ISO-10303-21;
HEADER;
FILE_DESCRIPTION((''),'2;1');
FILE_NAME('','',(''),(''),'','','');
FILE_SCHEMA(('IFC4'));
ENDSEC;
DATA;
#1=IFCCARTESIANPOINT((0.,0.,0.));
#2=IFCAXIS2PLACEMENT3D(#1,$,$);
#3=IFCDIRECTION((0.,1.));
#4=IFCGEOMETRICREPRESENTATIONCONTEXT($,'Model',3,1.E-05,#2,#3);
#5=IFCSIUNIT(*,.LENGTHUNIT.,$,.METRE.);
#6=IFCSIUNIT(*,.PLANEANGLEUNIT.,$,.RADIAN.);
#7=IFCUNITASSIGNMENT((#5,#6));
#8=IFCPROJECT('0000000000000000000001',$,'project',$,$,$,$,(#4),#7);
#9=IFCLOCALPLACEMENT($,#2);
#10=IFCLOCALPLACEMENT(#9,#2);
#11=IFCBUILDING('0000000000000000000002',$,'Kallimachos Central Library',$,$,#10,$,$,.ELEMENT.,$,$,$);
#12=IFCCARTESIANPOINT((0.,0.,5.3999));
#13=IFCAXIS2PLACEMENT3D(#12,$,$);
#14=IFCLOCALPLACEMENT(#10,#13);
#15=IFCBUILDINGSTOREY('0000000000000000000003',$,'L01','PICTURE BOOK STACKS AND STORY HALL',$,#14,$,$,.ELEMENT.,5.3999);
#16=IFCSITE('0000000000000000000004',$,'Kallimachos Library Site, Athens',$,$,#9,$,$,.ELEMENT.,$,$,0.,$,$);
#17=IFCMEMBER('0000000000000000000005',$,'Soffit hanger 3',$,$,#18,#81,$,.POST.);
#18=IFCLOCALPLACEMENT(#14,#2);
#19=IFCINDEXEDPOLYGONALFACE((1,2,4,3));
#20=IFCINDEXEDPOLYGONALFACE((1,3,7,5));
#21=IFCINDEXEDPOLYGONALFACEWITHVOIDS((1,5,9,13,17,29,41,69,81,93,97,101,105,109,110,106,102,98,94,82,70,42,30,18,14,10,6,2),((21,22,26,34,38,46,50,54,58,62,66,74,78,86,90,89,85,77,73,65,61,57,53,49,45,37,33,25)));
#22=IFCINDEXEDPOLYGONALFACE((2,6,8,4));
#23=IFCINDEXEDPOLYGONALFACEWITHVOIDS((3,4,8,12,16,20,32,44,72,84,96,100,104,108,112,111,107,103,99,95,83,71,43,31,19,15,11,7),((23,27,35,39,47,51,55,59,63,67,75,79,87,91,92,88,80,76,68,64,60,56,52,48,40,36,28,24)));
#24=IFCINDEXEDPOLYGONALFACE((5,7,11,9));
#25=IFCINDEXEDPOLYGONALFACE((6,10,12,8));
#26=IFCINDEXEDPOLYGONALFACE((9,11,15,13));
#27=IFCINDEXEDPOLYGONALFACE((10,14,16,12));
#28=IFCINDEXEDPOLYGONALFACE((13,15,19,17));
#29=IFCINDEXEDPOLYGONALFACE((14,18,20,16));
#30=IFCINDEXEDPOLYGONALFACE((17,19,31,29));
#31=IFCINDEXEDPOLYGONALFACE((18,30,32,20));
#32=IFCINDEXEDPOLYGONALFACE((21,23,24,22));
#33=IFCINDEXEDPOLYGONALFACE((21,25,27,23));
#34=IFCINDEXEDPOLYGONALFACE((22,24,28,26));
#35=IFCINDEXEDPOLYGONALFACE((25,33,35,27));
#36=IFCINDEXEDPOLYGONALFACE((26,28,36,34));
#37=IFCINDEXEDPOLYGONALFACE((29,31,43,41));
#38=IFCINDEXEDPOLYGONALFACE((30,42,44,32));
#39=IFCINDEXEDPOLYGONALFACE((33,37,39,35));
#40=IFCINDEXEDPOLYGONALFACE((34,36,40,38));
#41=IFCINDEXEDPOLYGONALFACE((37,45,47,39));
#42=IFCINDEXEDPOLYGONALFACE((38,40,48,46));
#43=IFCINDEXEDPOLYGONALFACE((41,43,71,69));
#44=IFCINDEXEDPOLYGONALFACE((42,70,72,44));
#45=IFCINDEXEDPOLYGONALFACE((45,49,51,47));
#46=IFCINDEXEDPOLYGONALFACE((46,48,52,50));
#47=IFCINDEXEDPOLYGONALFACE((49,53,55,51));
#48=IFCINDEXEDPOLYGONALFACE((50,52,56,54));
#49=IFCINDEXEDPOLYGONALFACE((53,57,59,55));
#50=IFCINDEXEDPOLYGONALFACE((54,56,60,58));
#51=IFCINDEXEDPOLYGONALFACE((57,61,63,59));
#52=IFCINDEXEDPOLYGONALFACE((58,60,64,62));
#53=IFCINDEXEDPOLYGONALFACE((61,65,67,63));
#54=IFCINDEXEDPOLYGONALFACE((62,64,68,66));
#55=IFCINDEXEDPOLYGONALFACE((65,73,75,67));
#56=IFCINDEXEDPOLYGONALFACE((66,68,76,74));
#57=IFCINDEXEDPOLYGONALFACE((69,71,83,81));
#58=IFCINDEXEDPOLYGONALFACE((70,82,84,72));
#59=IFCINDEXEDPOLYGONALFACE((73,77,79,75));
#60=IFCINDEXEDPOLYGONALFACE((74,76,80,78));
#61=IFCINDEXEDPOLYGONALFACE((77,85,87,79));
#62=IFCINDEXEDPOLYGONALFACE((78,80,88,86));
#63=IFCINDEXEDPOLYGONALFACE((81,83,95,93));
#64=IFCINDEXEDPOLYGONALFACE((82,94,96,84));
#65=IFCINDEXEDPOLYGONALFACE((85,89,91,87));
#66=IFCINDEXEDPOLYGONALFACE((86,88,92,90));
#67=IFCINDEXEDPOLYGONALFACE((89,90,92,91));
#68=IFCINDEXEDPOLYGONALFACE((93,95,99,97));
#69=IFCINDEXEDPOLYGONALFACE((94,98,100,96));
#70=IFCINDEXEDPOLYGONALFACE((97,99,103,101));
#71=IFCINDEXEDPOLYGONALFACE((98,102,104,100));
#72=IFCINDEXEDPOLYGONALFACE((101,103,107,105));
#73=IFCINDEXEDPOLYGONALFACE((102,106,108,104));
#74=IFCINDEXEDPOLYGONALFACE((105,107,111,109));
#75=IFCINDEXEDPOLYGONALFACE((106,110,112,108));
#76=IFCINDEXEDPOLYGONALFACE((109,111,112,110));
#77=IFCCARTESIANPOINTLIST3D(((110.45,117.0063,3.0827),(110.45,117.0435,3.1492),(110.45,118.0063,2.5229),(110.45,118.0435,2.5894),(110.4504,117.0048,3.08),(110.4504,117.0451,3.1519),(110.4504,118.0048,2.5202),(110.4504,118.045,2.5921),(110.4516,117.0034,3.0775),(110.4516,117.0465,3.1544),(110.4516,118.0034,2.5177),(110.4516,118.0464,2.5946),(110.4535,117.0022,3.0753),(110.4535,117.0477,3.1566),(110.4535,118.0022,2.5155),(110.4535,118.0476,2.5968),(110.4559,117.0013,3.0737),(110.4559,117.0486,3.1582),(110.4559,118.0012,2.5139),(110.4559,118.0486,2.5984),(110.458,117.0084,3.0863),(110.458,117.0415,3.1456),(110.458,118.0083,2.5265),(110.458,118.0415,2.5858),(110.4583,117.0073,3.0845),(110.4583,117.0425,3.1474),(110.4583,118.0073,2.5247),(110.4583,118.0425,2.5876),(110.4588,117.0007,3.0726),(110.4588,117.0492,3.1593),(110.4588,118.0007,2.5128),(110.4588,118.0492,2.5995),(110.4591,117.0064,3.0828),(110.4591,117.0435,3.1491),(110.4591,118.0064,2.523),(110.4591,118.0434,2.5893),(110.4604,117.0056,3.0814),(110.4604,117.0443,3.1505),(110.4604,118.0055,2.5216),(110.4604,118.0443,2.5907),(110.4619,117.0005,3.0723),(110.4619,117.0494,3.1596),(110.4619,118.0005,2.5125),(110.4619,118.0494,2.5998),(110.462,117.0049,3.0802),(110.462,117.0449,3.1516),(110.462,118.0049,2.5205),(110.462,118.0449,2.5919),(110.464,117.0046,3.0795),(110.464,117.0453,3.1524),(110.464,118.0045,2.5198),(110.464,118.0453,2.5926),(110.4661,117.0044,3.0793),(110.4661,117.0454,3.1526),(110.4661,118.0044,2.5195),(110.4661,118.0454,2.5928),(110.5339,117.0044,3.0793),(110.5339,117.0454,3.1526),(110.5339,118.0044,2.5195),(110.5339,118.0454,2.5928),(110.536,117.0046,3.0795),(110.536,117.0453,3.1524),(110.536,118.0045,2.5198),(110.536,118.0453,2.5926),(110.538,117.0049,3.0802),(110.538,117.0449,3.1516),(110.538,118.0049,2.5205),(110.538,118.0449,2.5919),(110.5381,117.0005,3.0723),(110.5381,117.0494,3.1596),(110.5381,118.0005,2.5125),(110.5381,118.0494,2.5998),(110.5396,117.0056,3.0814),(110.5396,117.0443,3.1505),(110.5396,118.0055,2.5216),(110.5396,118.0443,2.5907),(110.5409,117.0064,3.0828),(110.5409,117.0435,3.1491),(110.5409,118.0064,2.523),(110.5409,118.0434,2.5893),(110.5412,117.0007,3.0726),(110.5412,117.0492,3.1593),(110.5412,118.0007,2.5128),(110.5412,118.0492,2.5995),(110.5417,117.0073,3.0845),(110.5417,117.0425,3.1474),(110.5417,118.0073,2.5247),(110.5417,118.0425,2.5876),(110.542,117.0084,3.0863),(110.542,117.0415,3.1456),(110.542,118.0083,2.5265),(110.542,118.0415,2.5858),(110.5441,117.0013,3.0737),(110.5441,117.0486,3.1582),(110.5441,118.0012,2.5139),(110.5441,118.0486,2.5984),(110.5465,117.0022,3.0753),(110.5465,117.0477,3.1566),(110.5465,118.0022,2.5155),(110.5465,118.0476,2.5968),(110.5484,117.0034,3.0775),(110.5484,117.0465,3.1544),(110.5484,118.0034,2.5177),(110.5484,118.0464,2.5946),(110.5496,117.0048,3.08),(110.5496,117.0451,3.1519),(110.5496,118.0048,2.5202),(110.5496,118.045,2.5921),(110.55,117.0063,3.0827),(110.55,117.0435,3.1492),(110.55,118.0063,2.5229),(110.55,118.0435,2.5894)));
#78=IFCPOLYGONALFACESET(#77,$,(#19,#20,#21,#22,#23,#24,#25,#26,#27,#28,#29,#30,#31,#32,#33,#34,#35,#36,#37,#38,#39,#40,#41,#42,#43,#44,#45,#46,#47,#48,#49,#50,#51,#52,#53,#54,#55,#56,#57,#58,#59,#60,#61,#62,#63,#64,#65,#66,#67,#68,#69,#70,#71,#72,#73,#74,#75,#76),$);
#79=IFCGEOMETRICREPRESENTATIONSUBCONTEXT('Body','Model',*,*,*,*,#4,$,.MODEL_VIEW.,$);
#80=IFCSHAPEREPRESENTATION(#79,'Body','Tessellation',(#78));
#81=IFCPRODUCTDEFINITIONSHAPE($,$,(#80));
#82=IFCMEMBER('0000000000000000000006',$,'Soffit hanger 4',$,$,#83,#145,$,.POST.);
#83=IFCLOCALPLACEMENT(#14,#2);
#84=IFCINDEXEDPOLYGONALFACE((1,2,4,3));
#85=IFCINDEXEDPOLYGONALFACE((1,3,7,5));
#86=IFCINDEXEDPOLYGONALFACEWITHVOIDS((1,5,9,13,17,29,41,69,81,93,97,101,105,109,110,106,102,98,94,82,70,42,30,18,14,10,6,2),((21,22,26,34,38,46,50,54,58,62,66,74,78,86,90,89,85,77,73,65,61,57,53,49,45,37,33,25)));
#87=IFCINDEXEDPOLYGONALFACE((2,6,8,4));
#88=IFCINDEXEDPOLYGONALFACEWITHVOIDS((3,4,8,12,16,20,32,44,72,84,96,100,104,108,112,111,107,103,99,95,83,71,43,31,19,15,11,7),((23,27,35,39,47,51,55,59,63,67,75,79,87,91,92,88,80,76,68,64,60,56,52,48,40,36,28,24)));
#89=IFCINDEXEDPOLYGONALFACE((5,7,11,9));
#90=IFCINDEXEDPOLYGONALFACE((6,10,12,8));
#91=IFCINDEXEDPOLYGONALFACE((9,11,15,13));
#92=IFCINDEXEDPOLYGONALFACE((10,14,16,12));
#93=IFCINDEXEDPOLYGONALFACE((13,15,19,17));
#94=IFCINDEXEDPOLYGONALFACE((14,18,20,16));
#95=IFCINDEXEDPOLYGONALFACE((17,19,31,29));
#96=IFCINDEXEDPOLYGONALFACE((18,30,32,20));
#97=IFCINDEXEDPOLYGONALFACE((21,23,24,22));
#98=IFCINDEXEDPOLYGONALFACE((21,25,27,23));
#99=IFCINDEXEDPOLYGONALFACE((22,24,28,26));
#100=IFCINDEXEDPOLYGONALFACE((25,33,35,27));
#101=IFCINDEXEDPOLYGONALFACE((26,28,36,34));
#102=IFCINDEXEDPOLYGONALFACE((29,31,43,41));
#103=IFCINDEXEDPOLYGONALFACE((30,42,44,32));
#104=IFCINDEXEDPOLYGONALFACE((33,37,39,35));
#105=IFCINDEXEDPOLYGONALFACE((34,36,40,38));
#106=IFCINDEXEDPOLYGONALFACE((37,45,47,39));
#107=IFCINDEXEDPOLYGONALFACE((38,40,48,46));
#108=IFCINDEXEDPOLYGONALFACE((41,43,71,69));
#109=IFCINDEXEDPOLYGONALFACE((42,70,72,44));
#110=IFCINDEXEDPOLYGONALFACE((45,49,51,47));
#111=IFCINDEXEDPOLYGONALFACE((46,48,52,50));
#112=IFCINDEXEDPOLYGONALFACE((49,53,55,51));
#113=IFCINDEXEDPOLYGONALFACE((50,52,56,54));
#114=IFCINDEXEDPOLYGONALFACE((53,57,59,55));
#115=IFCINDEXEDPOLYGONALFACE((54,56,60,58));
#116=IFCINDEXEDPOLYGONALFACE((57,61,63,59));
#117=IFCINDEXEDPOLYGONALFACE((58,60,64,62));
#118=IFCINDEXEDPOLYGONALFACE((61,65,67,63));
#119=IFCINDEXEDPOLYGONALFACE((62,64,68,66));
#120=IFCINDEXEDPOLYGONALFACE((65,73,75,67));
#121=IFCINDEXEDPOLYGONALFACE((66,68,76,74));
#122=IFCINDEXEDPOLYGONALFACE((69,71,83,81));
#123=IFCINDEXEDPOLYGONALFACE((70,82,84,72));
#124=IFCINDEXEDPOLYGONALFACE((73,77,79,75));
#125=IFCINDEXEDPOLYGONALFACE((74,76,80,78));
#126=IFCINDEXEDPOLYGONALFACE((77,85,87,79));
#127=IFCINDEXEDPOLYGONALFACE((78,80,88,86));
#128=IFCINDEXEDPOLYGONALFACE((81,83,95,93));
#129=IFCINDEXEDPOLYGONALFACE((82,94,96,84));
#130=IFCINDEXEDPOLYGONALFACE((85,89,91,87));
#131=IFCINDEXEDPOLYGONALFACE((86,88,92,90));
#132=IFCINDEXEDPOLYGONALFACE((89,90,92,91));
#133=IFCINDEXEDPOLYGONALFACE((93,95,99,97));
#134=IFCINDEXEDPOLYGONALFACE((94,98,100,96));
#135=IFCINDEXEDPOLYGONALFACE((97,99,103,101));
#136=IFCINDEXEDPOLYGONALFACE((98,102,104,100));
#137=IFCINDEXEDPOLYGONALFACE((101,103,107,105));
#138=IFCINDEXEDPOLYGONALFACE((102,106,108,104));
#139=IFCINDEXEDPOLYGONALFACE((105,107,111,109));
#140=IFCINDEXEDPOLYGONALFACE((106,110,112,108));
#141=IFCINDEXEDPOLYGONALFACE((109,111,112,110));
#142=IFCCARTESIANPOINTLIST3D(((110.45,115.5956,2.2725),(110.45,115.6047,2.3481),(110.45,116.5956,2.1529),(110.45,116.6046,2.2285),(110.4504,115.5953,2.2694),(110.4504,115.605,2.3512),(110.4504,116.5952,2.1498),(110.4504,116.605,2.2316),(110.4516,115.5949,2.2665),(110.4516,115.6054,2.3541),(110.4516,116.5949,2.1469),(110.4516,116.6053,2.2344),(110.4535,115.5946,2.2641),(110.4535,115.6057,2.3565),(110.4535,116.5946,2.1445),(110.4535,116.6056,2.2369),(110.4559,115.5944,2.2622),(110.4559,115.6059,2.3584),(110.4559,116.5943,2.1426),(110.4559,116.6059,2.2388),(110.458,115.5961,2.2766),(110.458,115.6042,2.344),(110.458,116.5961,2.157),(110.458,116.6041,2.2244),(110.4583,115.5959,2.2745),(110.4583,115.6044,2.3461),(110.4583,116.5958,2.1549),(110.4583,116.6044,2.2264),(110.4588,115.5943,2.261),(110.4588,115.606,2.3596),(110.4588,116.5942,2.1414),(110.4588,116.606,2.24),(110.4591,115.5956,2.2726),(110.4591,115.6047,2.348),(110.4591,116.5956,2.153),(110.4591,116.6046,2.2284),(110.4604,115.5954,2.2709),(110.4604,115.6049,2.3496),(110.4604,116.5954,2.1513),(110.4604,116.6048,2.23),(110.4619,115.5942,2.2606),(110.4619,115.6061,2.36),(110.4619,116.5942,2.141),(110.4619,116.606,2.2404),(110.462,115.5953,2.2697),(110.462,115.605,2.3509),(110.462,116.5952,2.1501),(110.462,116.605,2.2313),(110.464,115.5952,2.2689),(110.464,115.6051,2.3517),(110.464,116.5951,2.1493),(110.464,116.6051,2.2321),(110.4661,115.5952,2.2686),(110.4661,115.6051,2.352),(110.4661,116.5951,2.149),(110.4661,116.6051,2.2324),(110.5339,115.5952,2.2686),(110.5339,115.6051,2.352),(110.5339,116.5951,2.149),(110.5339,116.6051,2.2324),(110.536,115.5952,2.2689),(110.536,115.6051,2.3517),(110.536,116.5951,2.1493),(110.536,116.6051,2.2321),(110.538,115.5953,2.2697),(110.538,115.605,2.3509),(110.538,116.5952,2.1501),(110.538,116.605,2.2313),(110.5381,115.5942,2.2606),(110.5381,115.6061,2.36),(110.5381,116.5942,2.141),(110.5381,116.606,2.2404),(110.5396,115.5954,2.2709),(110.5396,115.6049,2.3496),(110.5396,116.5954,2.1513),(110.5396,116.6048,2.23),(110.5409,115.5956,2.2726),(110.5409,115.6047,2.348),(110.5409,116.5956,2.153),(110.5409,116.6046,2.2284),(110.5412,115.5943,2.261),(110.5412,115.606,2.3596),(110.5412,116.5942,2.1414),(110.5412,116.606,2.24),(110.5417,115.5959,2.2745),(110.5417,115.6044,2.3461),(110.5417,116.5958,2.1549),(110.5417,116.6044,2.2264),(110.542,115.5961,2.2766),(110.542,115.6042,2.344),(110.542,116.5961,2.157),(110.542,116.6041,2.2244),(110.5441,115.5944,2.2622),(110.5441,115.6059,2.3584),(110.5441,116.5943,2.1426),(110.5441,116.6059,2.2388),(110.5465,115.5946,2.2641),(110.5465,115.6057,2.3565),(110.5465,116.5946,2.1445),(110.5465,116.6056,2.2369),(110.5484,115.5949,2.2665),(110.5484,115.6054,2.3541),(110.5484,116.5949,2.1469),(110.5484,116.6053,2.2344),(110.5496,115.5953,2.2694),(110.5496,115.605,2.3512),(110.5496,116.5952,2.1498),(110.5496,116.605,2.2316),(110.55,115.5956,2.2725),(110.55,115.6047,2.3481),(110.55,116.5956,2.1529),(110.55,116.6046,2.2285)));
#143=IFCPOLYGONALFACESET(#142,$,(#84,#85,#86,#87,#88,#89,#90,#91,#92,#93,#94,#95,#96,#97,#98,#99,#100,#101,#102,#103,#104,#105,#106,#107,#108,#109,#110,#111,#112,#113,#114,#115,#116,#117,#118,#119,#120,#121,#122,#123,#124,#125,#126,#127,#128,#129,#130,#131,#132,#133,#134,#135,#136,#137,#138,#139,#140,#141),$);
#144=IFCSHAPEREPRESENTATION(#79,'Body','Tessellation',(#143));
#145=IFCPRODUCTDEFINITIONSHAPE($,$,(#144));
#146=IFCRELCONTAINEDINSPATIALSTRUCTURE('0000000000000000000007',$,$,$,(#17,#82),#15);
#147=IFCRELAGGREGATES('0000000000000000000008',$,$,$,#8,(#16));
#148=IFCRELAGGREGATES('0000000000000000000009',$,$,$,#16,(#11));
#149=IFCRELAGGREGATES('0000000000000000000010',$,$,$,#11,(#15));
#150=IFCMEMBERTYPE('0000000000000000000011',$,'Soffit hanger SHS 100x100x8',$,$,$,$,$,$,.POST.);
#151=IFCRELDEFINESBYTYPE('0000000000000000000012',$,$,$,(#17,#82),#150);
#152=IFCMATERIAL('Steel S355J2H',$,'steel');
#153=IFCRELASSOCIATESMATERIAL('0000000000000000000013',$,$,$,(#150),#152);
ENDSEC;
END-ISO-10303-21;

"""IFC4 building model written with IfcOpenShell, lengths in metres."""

from ifc_helpers import new_model, si_unit, direction, frame, origin, origin_2d, place, context, subcontext, project, spatial, hollow_rectangle, extrude, material, material_profile, profile_set, type_object, element, save


model = new_model("IFC4")

# Units and contexts
model_context = context("Model", 3, precision=1e-05, world=origin(), true_north=direction((0.0, 1.0)))
body_context = subcontext(model_context, "Body", "Model", "MODEL_VIEW")
ifc_project = project(units=[si_unit("LENGTHUNIT", "METRE"), si_unit("PLANEANGLEUNIT", "RADIAN")], contexts=[model_context])

# Site, building, storey
site_placement = place(None, origin())
site = spatial("IfcSite", under=ifc_project, at=site_placement, Name="Kallimachos Library Site, Athens", CompositionType="ELEMENT", RefElevation=0.0)
building_placement = place(site_placement, origin())
building = spatial("IfcBuilding", under=site, at=building_placement, Name="Kallimachos Central Library", CompositionType="ELEMENT")
storey_placement = place(building_placement, frame((0.0, 0.0, 5.3999)))
storey = spatial("IfcBuildingStorey", under=building, at=storey_placement, Name="L01", Description="PICTURE BOOK STACKS AND STORY HALL", CompositionType="ELEMENT", Elevation=5.3999)

# Members
ifc_material_1 = material(Name="Steel S355J2H", Category="steel")
ifc_material_profile_1 = material_profile(ifc_material_1, hollow_rectangle(XDim=0.1001, YDim=0.1001, WallThickness=0.0081, InnerFilletRadius=0.0081, OuterFilletRadius=0.012, at=origin_2d()), Name="SHS 100x100x8")
ifc_profile_set_1 = profile_set([ifc_material_profile_1], Name="Steel S355J2H")
member_type_1 = type_object("IfcMemberType", Name="Soffit hanger SHS 100x100x8", PredefinedType="POST", material=ifc_profile_set_1)
member_1_placement = place(storey_placement, frame((110.5, 118.0249, 2.5562), z_axis=(0.0, -0.872575, 0.48848), x_axis=(1.0, 0.0, 0.0)))
element("IfcMember", 1, at=member_1_placement, inside=storey, type_object=member_type_1, Name="Soffit hanger 3", PredefinedType="POST", context=body_context, shape_type="SweptSolid", body=[
    extrude(hollow_rectangle(XDim=0.1001, YDim=0.1001, WallThickness=0.0081, InnerFilletRadius=0.0081, OuterFilletRadius=0.012, at=origin_2d()), origin(), (0.0, 0.0, 1.0), 1.146),
])
member_2_placement = place(storey_placement, frame((110.5, 116.6001, 2.1907), z_axis=(0.0, -0.99292, 0.118782), x_axis=(1.0, 0.0, 0.0)))
element("IfcMember", 2, at=member_2_placement, inside=storey, type_object=member_type_1, Name="Soffit hanger 4", PredefinedType="POST", context=body_context, shape_type="SweptSolid", body=[
    extrude(hollow_rectangle(XDim=0.1001, YDim=0.1001, WallThickness=0.0081, InnerFilletRadius=0.0081, OuterFilletRadius=0.012, at=origin_2d()), origin(), (0.0, 0.0, 1.0), 1.0071),
])

save(model, "model.ifc")
